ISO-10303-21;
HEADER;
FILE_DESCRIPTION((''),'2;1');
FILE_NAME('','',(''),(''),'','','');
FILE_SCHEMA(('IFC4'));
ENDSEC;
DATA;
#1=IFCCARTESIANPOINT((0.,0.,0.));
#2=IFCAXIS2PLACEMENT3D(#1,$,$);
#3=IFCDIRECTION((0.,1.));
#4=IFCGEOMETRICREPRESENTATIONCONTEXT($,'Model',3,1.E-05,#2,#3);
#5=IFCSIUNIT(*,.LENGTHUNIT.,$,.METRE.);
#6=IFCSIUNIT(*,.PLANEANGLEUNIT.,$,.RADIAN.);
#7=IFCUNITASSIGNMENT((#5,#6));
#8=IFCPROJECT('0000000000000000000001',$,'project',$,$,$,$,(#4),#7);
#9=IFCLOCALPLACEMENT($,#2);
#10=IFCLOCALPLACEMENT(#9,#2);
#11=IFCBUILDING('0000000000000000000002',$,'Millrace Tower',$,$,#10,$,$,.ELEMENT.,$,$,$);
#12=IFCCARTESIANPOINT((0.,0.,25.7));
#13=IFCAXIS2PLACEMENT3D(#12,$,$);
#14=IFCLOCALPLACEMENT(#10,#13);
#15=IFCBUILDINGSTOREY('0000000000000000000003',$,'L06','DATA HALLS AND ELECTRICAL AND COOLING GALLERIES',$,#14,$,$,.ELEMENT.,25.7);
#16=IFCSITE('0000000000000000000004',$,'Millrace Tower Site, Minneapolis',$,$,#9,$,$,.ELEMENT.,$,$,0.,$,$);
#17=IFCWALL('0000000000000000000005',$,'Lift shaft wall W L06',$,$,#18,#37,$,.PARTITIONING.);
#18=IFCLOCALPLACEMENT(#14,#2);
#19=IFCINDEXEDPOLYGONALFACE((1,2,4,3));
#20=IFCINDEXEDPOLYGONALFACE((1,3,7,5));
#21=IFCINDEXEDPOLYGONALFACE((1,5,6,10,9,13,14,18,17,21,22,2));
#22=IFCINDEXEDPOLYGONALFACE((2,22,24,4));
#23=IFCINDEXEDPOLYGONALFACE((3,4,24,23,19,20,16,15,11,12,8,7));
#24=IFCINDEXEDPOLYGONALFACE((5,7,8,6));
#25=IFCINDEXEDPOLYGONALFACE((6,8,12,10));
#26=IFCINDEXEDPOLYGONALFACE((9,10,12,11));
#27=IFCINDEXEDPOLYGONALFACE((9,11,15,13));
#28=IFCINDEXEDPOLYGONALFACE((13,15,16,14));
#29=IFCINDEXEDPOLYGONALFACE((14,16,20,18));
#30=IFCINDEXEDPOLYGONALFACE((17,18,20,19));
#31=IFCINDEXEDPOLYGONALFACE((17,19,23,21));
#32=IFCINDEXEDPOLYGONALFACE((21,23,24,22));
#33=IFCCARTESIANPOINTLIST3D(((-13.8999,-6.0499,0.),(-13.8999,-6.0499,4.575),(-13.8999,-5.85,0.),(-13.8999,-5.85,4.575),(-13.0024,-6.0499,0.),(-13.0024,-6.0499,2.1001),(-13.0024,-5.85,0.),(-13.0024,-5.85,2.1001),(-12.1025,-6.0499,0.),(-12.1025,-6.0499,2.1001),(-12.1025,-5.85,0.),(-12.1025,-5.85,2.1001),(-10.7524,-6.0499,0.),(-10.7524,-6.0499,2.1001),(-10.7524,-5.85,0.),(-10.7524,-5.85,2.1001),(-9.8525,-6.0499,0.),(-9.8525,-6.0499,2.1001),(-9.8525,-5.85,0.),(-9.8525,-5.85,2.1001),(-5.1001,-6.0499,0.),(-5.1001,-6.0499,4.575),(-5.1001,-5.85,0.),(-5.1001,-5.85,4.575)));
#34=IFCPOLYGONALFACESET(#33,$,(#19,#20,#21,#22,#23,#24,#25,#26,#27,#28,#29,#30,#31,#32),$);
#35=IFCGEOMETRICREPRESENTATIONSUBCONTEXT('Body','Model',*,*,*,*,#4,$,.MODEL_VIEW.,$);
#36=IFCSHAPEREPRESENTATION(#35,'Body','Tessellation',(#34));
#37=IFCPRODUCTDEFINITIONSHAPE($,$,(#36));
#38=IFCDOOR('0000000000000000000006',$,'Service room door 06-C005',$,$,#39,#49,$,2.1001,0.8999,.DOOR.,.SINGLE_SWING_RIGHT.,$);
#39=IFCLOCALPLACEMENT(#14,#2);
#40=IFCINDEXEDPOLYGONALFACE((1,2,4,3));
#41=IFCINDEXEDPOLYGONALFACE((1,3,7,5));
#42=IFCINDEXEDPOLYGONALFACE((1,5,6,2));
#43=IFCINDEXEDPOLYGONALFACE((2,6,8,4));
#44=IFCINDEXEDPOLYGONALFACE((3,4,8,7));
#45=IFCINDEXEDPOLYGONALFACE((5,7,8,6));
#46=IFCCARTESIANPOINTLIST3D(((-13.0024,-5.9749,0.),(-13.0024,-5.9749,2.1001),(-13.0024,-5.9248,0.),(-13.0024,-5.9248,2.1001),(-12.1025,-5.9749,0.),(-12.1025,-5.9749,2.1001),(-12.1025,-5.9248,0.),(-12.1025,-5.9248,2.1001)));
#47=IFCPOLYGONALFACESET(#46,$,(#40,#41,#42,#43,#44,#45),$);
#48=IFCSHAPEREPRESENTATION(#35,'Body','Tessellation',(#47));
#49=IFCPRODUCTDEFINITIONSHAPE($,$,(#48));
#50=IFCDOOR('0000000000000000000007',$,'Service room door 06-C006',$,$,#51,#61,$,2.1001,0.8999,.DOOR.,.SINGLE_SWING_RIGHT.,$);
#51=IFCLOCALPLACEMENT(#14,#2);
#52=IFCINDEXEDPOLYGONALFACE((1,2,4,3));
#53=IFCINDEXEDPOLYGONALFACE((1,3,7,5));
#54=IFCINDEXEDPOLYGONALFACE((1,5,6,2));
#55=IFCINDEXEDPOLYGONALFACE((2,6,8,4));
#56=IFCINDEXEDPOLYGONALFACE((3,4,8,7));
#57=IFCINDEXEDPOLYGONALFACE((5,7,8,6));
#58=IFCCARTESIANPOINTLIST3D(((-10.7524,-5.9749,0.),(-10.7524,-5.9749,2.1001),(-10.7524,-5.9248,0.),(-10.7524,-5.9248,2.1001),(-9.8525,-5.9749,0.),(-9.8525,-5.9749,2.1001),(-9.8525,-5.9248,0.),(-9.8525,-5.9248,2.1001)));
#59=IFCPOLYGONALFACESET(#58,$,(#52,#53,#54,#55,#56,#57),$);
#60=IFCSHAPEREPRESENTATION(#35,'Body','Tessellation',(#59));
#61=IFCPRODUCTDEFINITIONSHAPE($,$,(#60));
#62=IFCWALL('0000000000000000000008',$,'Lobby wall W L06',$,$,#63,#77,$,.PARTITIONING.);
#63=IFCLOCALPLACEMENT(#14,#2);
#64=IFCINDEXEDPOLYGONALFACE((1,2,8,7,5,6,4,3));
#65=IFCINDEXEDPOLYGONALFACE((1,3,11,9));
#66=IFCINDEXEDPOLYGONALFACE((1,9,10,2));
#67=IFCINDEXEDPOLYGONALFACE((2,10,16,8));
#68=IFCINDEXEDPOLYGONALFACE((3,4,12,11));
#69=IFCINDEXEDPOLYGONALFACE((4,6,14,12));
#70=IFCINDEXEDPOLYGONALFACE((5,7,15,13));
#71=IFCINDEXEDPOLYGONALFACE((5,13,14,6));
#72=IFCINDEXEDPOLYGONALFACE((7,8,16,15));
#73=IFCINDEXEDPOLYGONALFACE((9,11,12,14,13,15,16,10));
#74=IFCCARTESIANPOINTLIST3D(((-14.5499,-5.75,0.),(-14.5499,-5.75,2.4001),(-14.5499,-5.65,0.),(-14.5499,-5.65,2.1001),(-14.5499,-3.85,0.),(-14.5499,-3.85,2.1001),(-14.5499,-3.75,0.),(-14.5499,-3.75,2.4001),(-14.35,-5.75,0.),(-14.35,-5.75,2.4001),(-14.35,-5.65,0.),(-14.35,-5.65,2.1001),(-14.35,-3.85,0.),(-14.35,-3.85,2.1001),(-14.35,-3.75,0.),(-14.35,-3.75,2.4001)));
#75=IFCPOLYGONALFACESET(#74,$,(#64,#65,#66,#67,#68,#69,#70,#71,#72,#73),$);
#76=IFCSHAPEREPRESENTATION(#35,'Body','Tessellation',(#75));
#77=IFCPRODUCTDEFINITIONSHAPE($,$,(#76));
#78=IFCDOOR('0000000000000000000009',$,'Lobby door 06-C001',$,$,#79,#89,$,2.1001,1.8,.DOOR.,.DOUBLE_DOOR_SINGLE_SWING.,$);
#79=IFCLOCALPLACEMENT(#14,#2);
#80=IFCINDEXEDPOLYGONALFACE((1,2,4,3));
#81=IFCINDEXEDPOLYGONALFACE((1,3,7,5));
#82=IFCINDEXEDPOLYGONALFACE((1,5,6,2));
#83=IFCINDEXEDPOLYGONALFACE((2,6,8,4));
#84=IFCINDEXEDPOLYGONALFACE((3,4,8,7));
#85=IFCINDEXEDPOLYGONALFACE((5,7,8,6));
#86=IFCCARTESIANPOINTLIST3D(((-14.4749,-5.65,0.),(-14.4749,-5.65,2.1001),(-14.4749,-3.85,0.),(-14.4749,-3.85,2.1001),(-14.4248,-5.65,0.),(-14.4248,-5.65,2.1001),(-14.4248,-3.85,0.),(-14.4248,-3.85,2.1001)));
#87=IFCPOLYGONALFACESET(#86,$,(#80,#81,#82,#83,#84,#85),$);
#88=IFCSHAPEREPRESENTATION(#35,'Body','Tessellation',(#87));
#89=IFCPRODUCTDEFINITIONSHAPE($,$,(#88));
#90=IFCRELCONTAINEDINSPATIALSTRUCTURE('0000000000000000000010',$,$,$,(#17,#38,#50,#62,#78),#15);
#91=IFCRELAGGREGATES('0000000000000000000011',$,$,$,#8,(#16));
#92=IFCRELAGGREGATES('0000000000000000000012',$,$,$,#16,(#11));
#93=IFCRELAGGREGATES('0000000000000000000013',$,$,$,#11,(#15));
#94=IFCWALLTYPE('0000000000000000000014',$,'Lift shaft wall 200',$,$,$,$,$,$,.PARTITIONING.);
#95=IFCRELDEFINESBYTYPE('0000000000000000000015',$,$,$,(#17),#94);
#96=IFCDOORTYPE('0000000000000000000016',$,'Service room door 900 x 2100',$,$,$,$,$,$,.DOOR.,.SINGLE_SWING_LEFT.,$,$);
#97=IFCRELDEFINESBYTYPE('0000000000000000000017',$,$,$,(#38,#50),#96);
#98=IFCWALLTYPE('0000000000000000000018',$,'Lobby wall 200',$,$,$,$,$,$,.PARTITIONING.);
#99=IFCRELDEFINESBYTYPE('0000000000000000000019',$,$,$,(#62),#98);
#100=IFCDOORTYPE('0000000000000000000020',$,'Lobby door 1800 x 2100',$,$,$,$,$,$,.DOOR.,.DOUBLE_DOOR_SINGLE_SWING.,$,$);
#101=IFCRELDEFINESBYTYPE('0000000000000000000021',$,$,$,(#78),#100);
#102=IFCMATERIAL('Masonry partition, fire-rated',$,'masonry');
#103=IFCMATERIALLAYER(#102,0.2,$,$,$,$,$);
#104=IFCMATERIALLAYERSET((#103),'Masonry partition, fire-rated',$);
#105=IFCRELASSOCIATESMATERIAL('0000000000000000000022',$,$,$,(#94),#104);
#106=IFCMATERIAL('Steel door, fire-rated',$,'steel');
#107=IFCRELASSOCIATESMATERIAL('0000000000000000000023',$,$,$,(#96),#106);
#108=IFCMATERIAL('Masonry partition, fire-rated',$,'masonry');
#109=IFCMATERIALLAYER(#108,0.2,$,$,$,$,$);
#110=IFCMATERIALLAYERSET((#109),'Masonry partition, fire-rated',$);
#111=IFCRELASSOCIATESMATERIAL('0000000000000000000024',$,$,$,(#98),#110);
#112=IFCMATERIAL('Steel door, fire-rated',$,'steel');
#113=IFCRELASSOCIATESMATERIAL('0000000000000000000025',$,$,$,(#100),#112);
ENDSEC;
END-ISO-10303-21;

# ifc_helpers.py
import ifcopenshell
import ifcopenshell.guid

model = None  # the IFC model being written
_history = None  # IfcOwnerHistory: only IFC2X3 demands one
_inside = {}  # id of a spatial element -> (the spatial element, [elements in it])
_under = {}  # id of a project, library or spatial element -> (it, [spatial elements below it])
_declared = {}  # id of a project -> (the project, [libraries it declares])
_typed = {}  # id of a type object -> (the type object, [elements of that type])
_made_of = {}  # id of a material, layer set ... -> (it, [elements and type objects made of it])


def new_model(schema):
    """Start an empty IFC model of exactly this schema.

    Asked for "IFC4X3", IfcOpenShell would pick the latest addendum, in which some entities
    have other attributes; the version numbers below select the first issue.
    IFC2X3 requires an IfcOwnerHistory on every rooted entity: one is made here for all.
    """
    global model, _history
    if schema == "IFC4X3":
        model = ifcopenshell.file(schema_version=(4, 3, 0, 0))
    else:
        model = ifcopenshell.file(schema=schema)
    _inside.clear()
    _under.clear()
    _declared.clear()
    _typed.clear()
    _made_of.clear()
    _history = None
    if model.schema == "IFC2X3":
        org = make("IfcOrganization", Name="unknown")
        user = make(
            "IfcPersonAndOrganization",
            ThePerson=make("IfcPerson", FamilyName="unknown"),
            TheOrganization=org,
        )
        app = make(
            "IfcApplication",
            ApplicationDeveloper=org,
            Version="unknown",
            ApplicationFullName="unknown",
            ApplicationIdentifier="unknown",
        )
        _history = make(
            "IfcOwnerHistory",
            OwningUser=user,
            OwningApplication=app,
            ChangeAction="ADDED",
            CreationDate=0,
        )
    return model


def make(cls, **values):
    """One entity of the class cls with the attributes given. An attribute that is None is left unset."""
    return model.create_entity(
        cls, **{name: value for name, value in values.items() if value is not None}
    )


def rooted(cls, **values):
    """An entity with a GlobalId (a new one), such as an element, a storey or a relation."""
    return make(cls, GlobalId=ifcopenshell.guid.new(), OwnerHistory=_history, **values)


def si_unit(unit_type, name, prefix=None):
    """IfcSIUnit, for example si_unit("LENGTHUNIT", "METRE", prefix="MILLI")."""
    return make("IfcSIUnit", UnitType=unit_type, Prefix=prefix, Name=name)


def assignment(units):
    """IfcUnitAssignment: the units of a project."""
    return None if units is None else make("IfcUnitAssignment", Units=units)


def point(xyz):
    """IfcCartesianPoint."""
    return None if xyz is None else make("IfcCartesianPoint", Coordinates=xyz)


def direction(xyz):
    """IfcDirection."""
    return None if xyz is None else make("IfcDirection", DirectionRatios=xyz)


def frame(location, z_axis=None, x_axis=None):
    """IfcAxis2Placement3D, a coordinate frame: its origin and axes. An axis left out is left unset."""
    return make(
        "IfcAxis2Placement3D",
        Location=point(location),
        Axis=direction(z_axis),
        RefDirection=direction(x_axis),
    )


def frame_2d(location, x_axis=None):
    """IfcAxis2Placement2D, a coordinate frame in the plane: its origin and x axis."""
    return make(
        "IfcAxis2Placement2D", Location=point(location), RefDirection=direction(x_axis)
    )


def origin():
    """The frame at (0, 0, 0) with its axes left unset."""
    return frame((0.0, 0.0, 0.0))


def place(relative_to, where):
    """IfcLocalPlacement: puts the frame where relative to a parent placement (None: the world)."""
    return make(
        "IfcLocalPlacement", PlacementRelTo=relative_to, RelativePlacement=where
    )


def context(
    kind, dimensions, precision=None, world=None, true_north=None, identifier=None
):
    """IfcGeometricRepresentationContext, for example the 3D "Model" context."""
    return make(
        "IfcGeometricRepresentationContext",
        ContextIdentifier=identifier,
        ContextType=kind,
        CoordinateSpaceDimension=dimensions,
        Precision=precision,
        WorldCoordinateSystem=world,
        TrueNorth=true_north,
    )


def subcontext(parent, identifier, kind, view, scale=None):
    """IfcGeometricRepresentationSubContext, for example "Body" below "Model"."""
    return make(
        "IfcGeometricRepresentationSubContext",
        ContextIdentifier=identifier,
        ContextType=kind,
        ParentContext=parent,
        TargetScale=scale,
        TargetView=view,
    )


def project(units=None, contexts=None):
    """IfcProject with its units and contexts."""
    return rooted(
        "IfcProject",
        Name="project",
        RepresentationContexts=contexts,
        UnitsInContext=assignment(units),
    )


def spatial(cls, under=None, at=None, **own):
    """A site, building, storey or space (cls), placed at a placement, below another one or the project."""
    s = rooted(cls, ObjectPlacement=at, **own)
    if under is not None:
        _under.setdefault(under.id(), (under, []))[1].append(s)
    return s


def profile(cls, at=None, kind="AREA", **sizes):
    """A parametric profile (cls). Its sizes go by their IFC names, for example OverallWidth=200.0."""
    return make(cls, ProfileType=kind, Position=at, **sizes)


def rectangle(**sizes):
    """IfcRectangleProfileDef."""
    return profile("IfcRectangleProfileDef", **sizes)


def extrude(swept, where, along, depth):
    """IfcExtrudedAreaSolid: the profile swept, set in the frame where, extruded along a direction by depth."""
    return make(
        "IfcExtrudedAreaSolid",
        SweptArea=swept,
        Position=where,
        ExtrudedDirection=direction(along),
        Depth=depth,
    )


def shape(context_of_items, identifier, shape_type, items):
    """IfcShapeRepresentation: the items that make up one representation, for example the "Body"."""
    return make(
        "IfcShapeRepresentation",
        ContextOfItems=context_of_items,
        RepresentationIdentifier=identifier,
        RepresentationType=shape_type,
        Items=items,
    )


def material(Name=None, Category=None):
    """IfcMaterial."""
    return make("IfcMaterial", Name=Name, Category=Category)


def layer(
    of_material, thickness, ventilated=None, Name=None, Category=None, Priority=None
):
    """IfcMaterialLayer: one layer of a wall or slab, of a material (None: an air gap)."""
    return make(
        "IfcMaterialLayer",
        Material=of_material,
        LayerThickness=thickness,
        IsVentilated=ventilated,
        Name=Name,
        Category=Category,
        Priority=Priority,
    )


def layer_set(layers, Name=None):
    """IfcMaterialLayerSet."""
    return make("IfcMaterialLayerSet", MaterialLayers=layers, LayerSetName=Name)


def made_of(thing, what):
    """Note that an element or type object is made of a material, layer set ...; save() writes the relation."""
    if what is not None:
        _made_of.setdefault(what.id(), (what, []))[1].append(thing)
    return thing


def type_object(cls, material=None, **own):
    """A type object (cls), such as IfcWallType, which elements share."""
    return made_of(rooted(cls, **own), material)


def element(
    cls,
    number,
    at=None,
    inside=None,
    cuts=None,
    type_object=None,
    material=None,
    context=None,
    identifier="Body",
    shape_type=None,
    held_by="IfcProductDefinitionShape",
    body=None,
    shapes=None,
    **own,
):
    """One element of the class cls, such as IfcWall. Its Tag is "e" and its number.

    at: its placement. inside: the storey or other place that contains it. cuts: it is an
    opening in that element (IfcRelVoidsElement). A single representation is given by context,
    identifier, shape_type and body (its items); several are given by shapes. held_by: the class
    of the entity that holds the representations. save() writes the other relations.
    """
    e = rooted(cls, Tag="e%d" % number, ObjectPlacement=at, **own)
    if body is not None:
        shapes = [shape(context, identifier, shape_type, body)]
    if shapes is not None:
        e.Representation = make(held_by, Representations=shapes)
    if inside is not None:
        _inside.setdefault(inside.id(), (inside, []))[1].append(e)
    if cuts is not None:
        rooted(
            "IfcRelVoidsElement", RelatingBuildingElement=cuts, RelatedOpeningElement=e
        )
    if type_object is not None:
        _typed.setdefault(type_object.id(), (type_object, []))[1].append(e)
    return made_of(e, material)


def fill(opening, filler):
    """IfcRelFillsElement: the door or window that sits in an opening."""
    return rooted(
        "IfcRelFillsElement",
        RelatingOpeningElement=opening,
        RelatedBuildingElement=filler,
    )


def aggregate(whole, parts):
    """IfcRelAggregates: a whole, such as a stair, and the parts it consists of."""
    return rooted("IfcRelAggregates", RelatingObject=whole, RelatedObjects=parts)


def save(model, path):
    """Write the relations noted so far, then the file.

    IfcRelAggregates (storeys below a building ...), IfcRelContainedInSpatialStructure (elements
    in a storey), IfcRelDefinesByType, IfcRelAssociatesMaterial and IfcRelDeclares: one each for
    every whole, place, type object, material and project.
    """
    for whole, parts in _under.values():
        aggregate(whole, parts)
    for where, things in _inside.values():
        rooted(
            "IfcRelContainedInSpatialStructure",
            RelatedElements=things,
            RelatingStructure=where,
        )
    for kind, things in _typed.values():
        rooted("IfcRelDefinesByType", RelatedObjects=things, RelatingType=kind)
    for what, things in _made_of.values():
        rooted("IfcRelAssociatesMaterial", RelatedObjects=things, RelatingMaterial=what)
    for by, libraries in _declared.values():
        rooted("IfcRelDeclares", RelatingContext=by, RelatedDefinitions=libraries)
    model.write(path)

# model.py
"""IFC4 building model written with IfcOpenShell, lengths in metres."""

from ifc_helpers import new_model, si_unit, direction, frame, frame_2d, origin, place, context, subcontext, project, spatial, rectangle, extrude, material, layer, layer_set, type_object, element, fill, save


model = new_model("IFC4")

# Units and contexts
model_context = context("Model", 3, precision=1e-05, world=origin(), true_north=direction((0.0, 1.0)))
body_context = subcontext(model_context, "Body", "Model", "MODEL_VIEW")
ifc_project = project(units=[si_unit("LENGTHUNIT", "METRE"), si_unit("PLANEANGLEUNIT", "RADIAN")], contexts=[model_context])

# Site, building, storey
site_placement = place(None, origin())
site = spatial("IfcSite", under=ifc_project, at=site_placement, Name="Millrace Tower Site, Minneapolis", CompositionType="ELEMENT", RefElevation=0.0)
building_placement = place(site_placement, origin())
building = spatial("IfcBuilding", under=site, at=building_placement, Name="Millrace Tower", CompositionType="ELEMENT")
storey_placement = place(building_placement, frame((0.0, 0.0, 25.7)))
storey = spatial("IfcBuildingStorey", under=building, at=storey_placement, Name="L06", Description="DATA HALLS AND ELECTRICAL AND COOLING GALLERIES", CompositionType="ELEMENT", Elevation=25.7)

# Wall, openings, doors
ifc_material_1 = material(Name="Masonry partition, fire-rated", Category="masonry")
ifc_layer_1 = layer(ifc_material_1, 0.2)
ifc_layer_set_1 = layer_set([ifc_layer_1], Name="Masonry partition, fire-rated")
wall_type_1 = type_object("IfcWallType", Name="Lift shaft wall 200", PredefinedType="PARTITIONING", material=ifc_layer_set_1)
wall_1_placement = place(storey_placement, frame((-13.8999, -5.95, 0.0), z_axis=(0.0, 0.0, 1.0), x_axis=(1.0, 0.0, 0.0)))
wall_1 = element("IfcWall", 1, at=wall_1_placement, inside=storey, type_object=wall_type_1, Name="Lift shaft wall W L06", PredefinedType="PARTITIONING", context=body_context, shape_type="SweptSolid", body=[
    extrude(rectangle(XDim=8.7998, YDim=0.2, at=frame_2d((4.3999, 0.0))), origin(), (0.0, 0.0, 1.0), 4.575),
])
opening_1_placement = place(wall_1_placement, frame((0.8975, 0.0, 0.0)))
opening_1 = element("IfcOpeningElement", 2, at=opening_1_placement, cuts=wall_1, PredefinedType="OPENING", context=body_context, shape_type="SweptSolid", body=[
    extrude(rectangle(XDim=0.8999, YDim=2.1001, at=frame_2d((0.45, 1.05))), frame((0.0, 0.1099, 0.0), z_axis=(0.0, -1.0, 0.0), x_axis=(1.0, 0.0, 0.0)), (0.0, 0.0, 1.0), 0.22),
])
opening_2_placement = place(wall_1_placement, frame((3.1475, 0.0, 0.0)))
opening_2 = element("IfcOpeningElement", 3, at=opening_2_placement, cuts=wall_1, PredefinedType="OPENING", context=body_context, shape_type="SweptSolid", body=[
    extrude(rectangle(XDim=0.8999, YDim=2.1001, at=frame_2d((0.45, 1.05))), frame((0.0, 0.1099, 0.0), z_axis=(0.0, -1.0, 0.0), x_axis=(1.0, 0.0, 0.0)), (0.0, 0.0, 1.0), 0.22),
])
ifc_material_2 = material(Name="Steel door, fire-rated", Category="steel")
door_type_1 = type_object("IfcDoorType", Name="Service room door 900 x 2100", OperationType="SINGLE_SWING_LEFT", PredefinedType="DOOR", material=ifc_material_2)
door_1_placement = place(opening_1_placement, frame((0.8999, 0.0, 0.0), z_axis=(0.0, 0.0, 1.0), x_axis=(-1.0, 0.0, 0.0)))
door_1 = element("IfcDoor", 4, at=door_1_placement, inside=storey, type_object=door_type_1, Name="Service room door 06-C005", OperationType="SINGLE_SWING_RIGHT", OverallHeight=2.1001, OverallWidth=0.8999, PredefinedType="DOOR", context=body_context, shape_type="SweptSolid", body=[
    extrude(rectangle(XDim=0.8999, YDim=2.1001, at=frame_2d((0.45, 1.05))), frame((0.0, 0.0249, 0.0), z_axis=(0.0, -1.0, 0.0), x_axis=(1.0, 0.0, 0.0)), (0.0, 0.0, 1.0), 0.05),
])
fill(opening_1, door_1)
door_2_placement = place(opening_2_placement, frame((0.8999, 0.0, 0.0), z_axis=(0.0, 0.0, 1.0), x_axis=(-1.0, 0.0, 0.0)))
door_2 = element("IfcDoor", 5, at=door_2_placement, inside=storey, type_object=door_type_1, Name="Service room door 06-C006", OperationType="SINGLE_SWING_RIGHT", OverallHeight=2.1001, OverallWidth=0.8999, PredefinedType="DOOR", context=body_context, shape_type="SweptSolid", body=[
    extrude(rectangle(XDim=0.8999, YDim=2.1001, at=frame_2d((0.45, 1.05))), frame((0.0, 0.0249, 0.0), z_axis=(0.0, -1.0, 0.0), x_axis=(1.0, 0.0, 0.0)), (0.0, 0.0, 1.0), 0.05),
])
fill(opening_2, door_2)

# Wall, opening, door
ifc_material_3 = material(Name="Masonry partition, fire-rated", Category="masonry")
ifc_layer_2 = layer(ifc_material_3, 0.2)
ifc_layer_set_2 = layer_set([ifc_layer_2], Name="Masonry partition, fire-rated")
wall_type_2 = type_object("IfcWallType", Name="Lobby wall 200", PredefinedType="PARTITIONING", material=ifc_layer_set_2)
wall_2_placement = place(storey_placement, frame((-14.45, -5.75, 0.0), z_axis=(0.0, 0.0, 1.0), x_axis=(0.0, 1.0, 0.0)))
wall_2 = element("IfcWall", 6, at=wall_2_placement, inside=storey, type_object=wall_type_2, Name="Lobby wall W L06", PredefinedType="PARTITIONING", context=body_context, shape_type="SweptSolid", body=[
    extrude(rectangle(XDim=2.0, YDim=0.2, at=frame_2d((1.0, 0.0))), origin(), (0.0, 0.0, 1.0), 2.4001),
])
opening_3_placement = place(wall_2_placement, frame((0.1001, 0.0, 0.0)))
opening_3 = element("IfcOpeningElement", 7, at=opening_3_placement, cuts=wall_2, PredefinedType="OPENING", context=body_context, shape_type="SweptSolid", body=[
    extrude(rectangle(XDim=1.8, YDim=2.1001, at=frame_2d((0.8999, 1.05))), frame((0.0, 0.1099, 0.0), z_axis=(0.0, -1.0, 0.0), x_axis=(1.0, 0.0, 0.0)), (0.0, 0.0, 1.0), 0.22),
])
ifc_material_4 = material(Name="Steel door, fire-rated", Category="steel")
door_type_2 = type_object("IfcDoorType", Name="Lobby door 1800 x 2100", OperationType="DOUBLE_DOOR_SINGLE_SWING", PredefinedType="DOOR", material=ifc_material_4)
door_3_placement = place(opening_3_placement, origin())
door_3 = element("IfcDoor", 8, at=door_3_placement, inside=storey, type_object=door_type_2, Name="Lobby door 06-C001", OperationType="DOUBLE_DOOR_SINGLE_SWING", OverallHeight=2.1001, OverallWidth=1.8, PredefinedType="DOOR", context=body_context, shape_type="SweptSolid", body=[
    extrude(rectangle(XDim=1.8, YDim=2.1001, at=frame_2d((0.8999, 1.05))), frame((0.0, 0.0249, 0.0), z_axis=(0.0, -1.0, 0.0), x_axis=(1.0, 0.0, 0.0)), (0.0, 0.0, 1.0), 0.05),
])
fill(opening_3, door_3)

save(model, "model.ifc")
